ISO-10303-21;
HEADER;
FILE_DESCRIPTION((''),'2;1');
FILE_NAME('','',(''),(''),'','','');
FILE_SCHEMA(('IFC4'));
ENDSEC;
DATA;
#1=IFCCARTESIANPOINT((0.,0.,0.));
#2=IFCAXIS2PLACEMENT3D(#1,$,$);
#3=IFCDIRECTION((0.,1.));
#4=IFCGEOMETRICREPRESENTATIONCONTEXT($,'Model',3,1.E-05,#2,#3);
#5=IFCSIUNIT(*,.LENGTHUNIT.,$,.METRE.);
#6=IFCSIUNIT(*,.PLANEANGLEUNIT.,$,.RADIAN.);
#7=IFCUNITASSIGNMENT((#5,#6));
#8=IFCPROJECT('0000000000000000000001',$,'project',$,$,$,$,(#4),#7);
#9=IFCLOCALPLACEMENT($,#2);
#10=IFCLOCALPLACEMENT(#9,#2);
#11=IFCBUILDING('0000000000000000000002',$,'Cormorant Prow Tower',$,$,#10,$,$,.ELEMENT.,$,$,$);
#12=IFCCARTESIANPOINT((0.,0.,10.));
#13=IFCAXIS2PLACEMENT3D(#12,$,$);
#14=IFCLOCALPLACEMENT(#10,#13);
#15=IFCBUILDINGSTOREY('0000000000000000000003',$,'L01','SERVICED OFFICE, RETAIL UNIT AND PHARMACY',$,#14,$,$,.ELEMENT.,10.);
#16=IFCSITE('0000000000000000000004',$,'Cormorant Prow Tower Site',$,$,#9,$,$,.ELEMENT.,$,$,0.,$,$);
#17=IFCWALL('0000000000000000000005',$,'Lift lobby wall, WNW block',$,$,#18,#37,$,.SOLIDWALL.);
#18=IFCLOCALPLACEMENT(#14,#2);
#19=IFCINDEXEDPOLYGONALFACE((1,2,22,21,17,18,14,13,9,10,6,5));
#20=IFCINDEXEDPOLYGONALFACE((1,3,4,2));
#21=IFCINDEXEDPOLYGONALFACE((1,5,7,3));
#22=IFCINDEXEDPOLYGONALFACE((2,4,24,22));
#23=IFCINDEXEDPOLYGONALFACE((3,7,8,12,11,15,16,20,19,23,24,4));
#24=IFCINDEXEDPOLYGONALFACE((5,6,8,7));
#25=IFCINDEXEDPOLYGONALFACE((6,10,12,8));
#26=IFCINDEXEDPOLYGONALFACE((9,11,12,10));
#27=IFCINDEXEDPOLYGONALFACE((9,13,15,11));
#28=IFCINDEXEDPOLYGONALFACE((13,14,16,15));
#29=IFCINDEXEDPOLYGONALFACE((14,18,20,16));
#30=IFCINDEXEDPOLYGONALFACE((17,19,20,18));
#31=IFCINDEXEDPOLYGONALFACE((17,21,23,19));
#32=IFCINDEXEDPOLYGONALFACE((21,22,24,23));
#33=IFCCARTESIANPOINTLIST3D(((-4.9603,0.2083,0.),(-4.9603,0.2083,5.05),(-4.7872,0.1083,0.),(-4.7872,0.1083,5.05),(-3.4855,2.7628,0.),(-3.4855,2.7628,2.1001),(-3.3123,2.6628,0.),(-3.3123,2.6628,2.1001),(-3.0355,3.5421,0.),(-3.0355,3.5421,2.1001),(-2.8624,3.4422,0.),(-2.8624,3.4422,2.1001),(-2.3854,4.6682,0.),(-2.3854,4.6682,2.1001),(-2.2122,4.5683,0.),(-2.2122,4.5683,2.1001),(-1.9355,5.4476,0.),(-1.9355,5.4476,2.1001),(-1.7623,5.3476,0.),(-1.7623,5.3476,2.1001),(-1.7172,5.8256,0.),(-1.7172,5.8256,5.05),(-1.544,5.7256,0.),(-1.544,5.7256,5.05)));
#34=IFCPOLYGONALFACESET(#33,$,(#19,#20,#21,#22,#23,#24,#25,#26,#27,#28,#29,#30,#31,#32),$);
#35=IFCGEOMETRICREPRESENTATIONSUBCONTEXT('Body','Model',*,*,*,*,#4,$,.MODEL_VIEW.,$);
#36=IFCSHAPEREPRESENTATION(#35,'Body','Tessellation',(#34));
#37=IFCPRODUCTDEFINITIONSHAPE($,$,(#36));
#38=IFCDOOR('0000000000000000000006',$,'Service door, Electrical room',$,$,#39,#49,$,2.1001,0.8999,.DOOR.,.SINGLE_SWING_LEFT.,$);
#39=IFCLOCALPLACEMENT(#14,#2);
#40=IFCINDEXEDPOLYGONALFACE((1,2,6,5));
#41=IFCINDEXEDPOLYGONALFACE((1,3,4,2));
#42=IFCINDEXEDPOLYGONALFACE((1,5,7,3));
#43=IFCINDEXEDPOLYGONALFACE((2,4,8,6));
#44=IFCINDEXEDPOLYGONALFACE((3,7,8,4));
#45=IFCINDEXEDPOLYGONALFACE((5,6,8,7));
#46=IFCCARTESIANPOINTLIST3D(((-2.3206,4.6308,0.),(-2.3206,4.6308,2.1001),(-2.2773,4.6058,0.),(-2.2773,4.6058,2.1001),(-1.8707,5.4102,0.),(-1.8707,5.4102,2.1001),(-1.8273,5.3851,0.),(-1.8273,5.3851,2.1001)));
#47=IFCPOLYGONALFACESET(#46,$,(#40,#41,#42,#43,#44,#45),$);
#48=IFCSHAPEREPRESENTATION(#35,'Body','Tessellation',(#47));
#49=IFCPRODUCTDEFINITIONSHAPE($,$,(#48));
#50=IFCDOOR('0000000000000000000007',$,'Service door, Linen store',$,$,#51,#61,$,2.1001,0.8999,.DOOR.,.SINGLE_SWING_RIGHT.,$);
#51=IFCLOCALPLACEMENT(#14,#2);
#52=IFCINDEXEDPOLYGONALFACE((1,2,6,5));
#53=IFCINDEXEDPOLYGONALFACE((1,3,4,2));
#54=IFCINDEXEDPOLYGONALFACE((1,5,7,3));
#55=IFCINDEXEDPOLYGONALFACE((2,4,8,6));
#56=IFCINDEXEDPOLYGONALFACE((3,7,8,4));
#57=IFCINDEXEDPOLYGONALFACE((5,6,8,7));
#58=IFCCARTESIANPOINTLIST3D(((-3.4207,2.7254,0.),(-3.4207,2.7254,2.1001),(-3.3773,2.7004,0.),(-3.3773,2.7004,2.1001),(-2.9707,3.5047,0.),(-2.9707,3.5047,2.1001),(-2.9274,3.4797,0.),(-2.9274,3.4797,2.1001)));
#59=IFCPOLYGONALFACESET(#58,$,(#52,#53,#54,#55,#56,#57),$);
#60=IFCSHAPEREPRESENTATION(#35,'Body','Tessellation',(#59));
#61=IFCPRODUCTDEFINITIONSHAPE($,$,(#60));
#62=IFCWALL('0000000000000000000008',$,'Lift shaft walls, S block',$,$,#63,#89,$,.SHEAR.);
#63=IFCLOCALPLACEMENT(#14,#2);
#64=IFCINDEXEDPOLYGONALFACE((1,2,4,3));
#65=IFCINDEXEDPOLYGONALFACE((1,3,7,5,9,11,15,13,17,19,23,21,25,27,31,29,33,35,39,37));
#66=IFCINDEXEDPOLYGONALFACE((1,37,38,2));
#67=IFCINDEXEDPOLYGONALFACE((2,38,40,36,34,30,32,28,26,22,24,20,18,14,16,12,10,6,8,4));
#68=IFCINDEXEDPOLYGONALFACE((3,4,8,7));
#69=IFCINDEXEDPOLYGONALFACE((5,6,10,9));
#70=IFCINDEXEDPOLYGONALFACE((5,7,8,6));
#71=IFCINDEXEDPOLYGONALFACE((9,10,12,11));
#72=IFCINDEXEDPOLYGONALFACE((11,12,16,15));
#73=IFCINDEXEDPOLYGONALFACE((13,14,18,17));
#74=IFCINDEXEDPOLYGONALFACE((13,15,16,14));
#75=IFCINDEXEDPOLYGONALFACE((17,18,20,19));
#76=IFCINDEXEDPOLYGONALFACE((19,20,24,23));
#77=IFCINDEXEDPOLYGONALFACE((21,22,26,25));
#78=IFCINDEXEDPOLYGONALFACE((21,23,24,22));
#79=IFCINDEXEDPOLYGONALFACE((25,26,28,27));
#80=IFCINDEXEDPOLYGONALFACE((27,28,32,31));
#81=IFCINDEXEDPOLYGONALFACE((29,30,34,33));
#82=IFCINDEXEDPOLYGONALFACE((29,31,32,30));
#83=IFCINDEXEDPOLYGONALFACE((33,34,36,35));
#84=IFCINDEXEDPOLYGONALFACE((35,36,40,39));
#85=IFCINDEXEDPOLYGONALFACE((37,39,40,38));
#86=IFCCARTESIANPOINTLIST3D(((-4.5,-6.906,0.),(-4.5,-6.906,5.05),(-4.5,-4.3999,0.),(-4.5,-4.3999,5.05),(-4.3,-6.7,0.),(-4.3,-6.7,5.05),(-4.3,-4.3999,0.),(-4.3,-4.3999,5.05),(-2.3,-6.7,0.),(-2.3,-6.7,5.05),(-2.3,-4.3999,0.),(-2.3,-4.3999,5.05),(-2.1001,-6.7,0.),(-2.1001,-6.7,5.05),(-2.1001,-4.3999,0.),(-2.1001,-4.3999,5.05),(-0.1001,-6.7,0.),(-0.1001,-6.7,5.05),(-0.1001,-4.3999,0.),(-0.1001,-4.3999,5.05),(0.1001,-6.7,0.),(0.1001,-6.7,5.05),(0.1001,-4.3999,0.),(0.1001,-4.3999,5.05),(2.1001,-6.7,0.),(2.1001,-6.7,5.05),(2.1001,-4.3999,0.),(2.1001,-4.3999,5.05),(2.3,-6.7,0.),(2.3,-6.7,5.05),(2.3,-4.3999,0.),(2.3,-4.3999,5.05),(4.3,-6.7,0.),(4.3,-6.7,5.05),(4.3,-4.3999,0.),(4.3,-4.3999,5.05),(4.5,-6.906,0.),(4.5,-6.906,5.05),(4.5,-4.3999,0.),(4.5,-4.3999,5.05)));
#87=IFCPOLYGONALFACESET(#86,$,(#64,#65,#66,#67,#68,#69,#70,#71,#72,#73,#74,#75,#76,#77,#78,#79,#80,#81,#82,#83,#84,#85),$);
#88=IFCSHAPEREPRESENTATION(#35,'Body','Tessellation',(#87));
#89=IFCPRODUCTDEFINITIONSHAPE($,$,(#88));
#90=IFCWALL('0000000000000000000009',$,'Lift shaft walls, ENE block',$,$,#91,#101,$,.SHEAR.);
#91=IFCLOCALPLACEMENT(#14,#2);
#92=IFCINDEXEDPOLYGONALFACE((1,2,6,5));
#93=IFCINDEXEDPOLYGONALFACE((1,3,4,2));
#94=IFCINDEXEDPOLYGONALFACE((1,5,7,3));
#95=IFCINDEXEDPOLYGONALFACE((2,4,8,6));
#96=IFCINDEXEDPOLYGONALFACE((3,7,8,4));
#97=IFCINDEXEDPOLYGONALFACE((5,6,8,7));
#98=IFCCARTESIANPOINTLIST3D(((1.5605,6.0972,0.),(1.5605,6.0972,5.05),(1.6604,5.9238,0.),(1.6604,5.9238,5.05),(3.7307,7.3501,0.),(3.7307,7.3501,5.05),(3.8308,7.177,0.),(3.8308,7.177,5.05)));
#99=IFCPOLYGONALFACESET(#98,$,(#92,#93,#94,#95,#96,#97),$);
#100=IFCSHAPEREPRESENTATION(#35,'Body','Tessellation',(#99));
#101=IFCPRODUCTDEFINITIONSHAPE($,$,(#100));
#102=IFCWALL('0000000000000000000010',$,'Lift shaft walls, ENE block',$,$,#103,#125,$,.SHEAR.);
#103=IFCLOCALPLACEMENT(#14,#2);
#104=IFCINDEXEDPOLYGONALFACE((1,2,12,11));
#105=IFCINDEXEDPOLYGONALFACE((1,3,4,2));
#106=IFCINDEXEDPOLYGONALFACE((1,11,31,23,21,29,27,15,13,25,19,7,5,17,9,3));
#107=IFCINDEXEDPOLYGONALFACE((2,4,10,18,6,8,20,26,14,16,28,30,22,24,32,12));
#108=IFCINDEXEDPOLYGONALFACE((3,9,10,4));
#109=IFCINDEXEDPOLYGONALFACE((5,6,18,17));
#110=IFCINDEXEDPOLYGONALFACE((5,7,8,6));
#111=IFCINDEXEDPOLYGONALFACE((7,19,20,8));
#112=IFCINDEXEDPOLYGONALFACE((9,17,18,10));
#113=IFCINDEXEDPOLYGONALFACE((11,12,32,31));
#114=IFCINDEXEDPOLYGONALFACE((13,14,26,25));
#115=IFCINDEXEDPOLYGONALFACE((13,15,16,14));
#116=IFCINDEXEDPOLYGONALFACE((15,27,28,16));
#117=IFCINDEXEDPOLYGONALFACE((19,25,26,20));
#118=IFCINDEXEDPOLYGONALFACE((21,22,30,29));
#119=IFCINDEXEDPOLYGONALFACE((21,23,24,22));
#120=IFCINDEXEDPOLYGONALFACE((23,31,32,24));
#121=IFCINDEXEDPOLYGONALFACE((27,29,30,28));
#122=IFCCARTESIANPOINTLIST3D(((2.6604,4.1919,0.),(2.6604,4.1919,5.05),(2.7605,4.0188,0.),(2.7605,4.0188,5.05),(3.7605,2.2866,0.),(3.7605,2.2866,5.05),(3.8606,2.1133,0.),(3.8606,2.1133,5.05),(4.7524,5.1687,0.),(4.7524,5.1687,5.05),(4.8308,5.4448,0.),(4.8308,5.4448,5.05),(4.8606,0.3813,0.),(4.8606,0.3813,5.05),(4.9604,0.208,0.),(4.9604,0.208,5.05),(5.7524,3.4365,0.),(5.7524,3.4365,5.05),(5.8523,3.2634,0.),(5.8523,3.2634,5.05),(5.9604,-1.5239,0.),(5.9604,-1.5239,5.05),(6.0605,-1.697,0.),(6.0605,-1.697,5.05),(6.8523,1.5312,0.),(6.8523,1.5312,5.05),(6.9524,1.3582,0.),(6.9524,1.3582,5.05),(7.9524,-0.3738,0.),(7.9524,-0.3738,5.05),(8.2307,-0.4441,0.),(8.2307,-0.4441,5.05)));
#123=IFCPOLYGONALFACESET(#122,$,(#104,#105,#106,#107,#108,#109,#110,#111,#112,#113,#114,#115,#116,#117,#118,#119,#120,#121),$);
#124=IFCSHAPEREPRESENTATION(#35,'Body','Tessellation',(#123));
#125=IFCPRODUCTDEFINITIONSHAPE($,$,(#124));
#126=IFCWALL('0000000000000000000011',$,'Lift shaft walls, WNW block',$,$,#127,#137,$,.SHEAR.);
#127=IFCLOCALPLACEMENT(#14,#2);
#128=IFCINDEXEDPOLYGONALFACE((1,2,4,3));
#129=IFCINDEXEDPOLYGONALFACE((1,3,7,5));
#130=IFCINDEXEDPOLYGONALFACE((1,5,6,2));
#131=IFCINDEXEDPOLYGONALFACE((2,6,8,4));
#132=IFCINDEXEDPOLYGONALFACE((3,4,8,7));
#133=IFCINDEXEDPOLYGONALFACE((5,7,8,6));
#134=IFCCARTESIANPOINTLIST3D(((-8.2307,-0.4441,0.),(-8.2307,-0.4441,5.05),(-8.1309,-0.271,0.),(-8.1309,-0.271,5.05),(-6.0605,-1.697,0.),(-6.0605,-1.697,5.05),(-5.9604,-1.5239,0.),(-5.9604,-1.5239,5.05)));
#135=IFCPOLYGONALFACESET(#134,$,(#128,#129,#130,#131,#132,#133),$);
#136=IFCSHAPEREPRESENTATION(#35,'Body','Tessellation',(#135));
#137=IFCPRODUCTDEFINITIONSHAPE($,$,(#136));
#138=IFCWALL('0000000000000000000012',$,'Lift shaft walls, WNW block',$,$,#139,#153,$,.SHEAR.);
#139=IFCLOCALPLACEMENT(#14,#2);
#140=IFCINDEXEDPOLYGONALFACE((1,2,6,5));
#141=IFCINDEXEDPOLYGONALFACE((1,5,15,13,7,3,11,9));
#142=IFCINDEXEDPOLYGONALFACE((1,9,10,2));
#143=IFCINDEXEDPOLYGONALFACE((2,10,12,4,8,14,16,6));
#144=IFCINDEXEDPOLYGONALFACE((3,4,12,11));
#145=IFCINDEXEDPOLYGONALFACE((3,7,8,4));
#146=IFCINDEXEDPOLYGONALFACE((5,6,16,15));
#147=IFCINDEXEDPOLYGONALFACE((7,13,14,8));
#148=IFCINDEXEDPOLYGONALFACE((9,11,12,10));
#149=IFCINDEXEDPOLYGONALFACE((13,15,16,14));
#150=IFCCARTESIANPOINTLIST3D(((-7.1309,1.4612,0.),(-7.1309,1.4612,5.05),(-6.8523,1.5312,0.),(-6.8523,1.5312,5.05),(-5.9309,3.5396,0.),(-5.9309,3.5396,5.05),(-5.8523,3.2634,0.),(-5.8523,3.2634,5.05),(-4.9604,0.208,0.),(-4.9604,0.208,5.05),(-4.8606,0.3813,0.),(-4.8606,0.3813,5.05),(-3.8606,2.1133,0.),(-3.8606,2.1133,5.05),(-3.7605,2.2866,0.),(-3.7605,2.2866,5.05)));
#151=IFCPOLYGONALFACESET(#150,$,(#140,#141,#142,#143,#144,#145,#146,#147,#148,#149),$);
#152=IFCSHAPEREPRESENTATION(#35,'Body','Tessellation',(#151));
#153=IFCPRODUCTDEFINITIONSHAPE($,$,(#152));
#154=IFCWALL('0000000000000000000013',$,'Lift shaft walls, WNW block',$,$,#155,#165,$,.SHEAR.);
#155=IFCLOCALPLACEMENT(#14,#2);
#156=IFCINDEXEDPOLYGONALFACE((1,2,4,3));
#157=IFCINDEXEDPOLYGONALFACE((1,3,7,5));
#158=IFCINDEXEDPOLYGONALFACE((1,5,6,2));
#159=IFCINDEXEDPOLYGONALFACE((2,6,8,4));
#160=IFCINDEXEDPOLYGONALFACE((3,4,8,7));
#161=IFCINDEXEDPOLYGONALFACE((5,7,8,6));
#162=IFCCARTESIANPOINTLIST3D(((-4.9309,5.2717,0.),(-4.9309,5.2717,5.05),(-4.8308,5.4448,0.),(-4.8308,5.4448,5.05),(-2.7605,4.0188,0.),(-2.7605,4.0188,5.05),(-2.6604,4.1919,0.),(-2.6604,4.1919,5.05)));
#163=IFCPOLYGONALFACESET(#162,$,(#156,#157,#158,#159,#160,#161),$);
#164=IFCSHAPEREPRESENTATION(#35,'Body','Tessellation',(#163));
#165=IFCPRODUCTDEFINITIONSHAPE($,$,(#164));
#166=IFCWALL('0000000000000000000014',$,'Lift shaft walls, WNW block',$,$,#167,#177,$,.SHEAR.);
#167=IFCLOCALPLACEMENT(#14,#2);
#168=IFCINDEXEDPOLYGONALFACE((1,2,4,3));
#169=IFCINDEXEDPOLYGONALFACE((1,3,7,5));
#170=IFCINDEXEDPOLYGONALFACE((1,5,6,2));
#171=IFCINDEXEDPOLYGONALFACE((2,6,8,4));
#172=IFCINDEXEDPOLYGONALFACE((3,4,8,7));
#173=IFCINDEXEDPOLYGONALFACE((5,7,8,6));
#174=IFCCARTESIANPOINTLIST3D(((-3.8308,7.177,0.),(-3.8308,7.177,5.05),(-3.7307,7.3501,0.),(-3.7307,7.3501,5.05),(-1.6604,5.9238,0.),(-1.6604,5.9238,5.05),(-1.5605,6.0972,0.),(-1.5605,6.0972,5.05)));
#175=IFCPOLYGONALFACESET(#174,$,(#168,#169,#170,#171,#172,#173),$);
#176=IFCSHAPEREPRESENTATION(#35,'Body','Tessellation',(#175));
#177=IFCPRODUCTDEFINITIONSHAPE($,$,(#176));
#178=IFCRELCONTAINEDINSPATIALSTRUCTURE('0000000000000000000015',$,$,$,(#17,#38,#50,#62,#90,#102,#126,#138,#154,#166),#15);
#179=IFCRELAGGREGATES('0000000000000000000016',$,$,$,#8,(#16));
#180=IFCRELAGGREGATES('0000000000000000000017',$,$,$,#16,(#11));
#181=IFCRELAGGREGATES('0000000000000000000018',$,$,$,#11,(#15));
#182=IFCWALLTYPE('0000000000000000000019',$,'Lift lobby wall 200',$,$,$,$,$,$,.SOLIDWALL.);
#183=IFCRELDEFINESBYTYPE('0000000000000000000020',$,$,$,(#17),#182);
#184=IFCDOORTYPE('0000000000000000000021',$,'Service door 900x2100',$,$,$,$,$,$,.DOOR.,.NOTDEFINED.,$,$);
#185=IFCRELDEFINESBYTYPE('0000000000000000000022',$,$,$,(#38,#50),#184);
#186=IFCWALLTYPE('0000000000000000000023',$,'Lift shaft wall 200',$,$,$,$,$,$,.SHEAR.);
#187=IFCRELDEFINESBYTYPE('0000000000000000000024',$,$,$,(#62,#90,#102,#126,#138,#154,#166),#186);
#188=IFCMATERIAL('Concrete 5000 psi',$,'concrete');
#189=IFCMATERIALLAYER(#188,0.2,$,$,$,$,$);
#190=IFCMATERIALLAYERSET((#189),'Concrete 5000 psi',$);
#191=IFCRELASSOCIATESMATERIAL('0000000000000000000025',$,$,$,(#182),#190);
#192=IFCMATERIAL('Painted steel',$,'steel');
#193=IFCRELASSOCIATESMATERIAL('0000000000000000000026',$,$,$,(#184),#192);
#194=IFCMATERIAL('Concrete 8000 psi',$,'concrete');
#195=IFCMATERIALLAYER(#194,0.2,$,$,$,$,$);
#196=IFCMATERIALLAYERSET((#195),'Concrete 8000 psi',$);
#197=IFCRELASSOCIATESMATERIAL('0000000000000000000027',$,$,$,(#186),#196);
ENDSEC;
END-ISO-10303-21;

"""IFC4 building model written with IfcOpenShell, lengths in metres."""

from ifc_helpers import new_model, si_unit, direction, frame, frame_2d, origin, place, context, subcontext, project, spatial, polyline, rectangle, outline, extrude, material, layer, layer_set, type_object, element, fill, save


model = new_model("IFC4")

# Units and contexts
model_context = context("Model", 3, precision=1e-05, world=origin(), true_north=direction((0.0, 1.0)))
body_context = subcontext(model_context, "Body", "Model", "MODEL_VIEW")
ifc_project = project(units=[si_unit("LENGTHUNIT", "METRE"), si_unit("PLANEANGLEUNIT", "RADIAN")], contexts=[model_context])

# Site, building, storey
site_placement = place(None, origin())
site = spatial("IfcSite", under=ifc_project, at=site_placement, Name="Cormorant Prow Tower Site", CompositionType="ELEMENT", RefElevation=0.0)
building_placement = place(site_placement, origin())
building = spatial("IfcBuilding", under=site, at=building_placement, Name="Cormorant Prow Tower", CompositionType="ELEMENT")
storey_placement = place(building_placement, frame((0.0, 0.0, 10.0)))
storey = spatial("IfcBuildingStorey", under=building, at=storey_placement, Name="L01", Description="SERVICED OFFICE, RETAIL UNIT AND PHARMACY", CompositionType="ELEMENT", Elevation=10.0)

# Wall, openings, doors
ifc_material_1 = material(Name="Concrete 5000 psi", Category="concrete")
ifc_layer_1 = layer(ifc_material_1, 0.2)
ifc_layer_set_1 = layer_set([ifc_layer_1], Name="Concrete 5000 psi")
wall_type_1 = type_object("IfcWallType", Name="Lift lobby wall 200", PredefinedType="SOLIDWALL", material=ifc_layer_set_1)
wall_1_placement = place(storey_placement, frame((-1.6306, 5.7756, 0.0), z_axis=(0.0, 0.0, 1.0), x_axis=(-0.499993, -0.86603, 0.0)))
wall_1 = element("IfcWall", 1, at=wall_1_placement, inside=storey, type_object=wall_type_1, Name="Lift lobby wall, WNW block", PredefinedType="SOLIDWALL", context=body_context, shape_type="SweptSolid", body=[
    extrude(rectangle(XDim=6.4863, YDim=0.2, at=frame_2d((3.2432, 0.0))), origin(), (0.0, 0.0, 1.0), 5.05),
])
opening_1_placement = place(wall_1_placement, frame((0.4365, 0.0, 0.0)))
opening_1 = element("IfcOpeningElement", 2, at=opening_1_placement, cuts=wall_1, PredefinedType="OPENING", context=body_context, shape_type="SweptSolid", body=[
    extrude(rectangle(XDim=0.8999, YDim=2.1001, at=frame_2d((0.45, 1.05))), frame((0.0, 0.1099, 0.0), z_axis=(0.0, -1.0, 0.0), x_axis=(1.0, 0.0, 0.0)), (0.0, 0.0, 1.0), 0.22),
])
opening_2_placement = place(wall_1_placement, frame((2.6367, 0.0, 0.0)))
opening_2 = element("IfcOpeningElement", 3, at=opening_2_placement, cuts=wall_1, PredefinedType="OPENING", context=body_context, shape_type="SweptSolid", body=[
    extrude(rectangle(XDim=0.8999, YDim=2.1001, at=frame_2d((0.45, 1.05))), frame((0.0, 0.1099, 0.0), z_axis=(0.0, -1.0, 0.0), x_axis=(1.0, 0.0, 0.0)), (0.0, 0.0, 1.0), 0.22),
])
ifc_material_2 = material(Name="Painted steel", Category="steel")
door_type = type_object("IfcDoorType", Name="Service door 900x2100", OperationType="NOTDEFINED", PredefinedType="DOOR", material=ifc_material_2)
door_1_placement = place(opening_1_placement, origin())
door_1 = element("IfcDoor", 4, at=door_1_placement, inside=storey, type_object=door_type, Name="Service door, Electrical room", OperationType="SINGLE_SWING_LEFT", OverallHeight=2.1001, OverallWidth=0.8999, PredefinedType="DOOR", context=body_context, shape_type="SweptSolid", body=[
    extrude(rectangle(XDim=0.8999, YDim=2.1001, at=frame_2d((0.45, 1.05))), frame((0.0, 0.0249, 0.0), z_axis=(0.0, -1.0, 0.0), x_axis=(1.0, 0.0, 0.0)), (0.0, 0.0, 1.0), 0.05),
])
fill(opening_1, door_1)
door_2_placement = place(opening_2_placement, origin())
door_2 = element("IfcDoor", 5, at=door_2_placement, inside=storey, type_object=door_type, Name="Service door, Linen store", OperationType="SINGLE_SWING_RIGHT", OverallHeight=2.1001, OverallWidth=0.8999, PredefinedType="DOOR", context=body_context, shape_type="SweptSolid", body=[
    extrude(rectangle(XDim=0.8999, YDim=2.1001, at=frame_2d((0.45, 1.05))), frame((0.0, 0.0249, 0.0), z_axis=(0.0, -1.0, 0.0), x_axis=(1.0, 0.0, 0.0)), (0.0, 0.0, 1.0), 0.05),
])
fill(opening_2, door_2)

# Walls
ifc_material_3 = material(Name="Concrete 8000 psi", Category="concrete")
ifc_layer_2 = layer(ifc_material_3, 0.2)
ifc_layer_set_2 = layer_set([ifc_layer_2], Name="Concrete 8000 psi")
wall_type_2 = type_object("IfcWallType", Name="Lift shaft wall 200", PredefinedType="SHEAR", material=ifc_layer_set_2)
wall_2_placement = place(storey_placement, origin())
element("IfcWall", 6, at=wall_2_placement, inside=storey, type_object=wall_type_2, Name="Lift shaft walls, S block", PredefinedType="SHEAR", context=body_context, shape_type="SweptSolid", body=[
    extrude(outline(polyline([(4.5, -4.3999), (4.5, -6.906), (-4.5, -6.906), (-4.5, -4.3999), (-4.3, -4.3999), (-4.3, -6.7), (-2.3, -6.7), (-2.3, -4.3999), (-2.1001, -4.3999), (-2.1001, -6.7), (-0.1001, -6.7), (-0.1001, -4.3999), (0.1001, -4.3999), (0.1001, -6.7), (2.1001, -6.7), (2.1001, -4.3999), (2.3, -4.3999), (2.3, -6.7), (4.3, -6.7), (4.3, -4.3999), (4.5, -4.3999)])), origin(), (0.0, 0.0, 1.0), 5.05),
])
wall_3_placement = place(storey_placement, origin())
element("IfcWall", 7, at=wall_3_placement, inside=storey, type_object=wall_type_2, Name="Lift shaft walls, ENE block", PredefinedType="SHEAR", context=body_context, shape_type="SweptSolid", body=[
    extrude(outline(polyline([(1.5605, 6.0972), (3.7307, 7.3501), (3.8308, 7.177), (1.6604, 5.9238), (1.5605, 6.0972)])), origin(), (0.0, 0.0, 1.0), 5.05),
])
wall_4_placement = place(storey_placement, origin())
element("IfcWall", 8, at=wall_4_placement, inside=storey, type_object=wall_type_2, Name="Lift shaft walls, ENE block", PredefinedType="SHEAR", context=body_context, shape_type="SweptSolid", body=[
    extrude(outline(polyline([(2.6604, 4.1919), (4.8308, 5.4448), (8.2307, -0.4441), (6.0605, -1.697), (5.9604, -1.5239), (7.9524, -0.3738), (6.9524, 1.3582), (4.9604, 0.208), (4.8606, 0.3813), (6.8523, 1.5312), (5.8523, 3.2634), (3.8606, 2.1133), (3.7605, 2.2866), (5.7524, 3.4365), (4.7524, 5.1687), (2.7605, 4.0188), (2.6604, 4.1919)])), origin(), (0.0, 0.0, 1.0), 5.05),
])
wall_5_placement = place(storey_placement, origin())
element("IfcWall", 9, at=wall_5_placement, inside=storey, type_object=wall_type_2, Name="Lift shaft walls, WNW block", PredefinedType="SHEAR", context=body_context, shape_type="SweptSolid", body=[
    extrude(outline(polyline([(-6.0605, -1.697), (-8.2307, -0.4441), (-8.1309, -0.271), (-5.9604, -1.5239), (-6.0605, -1.697)])), origin(), (0.0, 0.0, 1.0), 5.05),
])
wall_6_placement = place(storey_placement, origin())
element("IfcWall", 10, at=wall_6_placement, inside=storey, type_object=wall_type_2, Name="Lift shaft walls, WNW block", PredefinedType="SHEAR", context=body_context, shape_type="SweptSolid", body=[
    extrude(outline(polyline([(-4.9604, 0.208), (-7.1309, 1.4612), (-5.9309, 3.5396), (-3.7605, 2.2866), (-3.8606, 2.1133), (-5.8523, 3.2634), (-6.8523, 1.5312), (-4.8606, 0.3813), (-4.9604, 0.208)])), origin(), (0.0, 0.0, 1.0), 5.05),
])
wall_7_placement = place(storey_placement, origin())
element("IfcWall", 11, at=wall_7_placement, inside=storey, type_object=wall_type_2, Name="Lift shaft walls, WNW block", PredefinedType="SHEAR", context=body_context, shape_type="SweptSolid", body=[
    extrude(outline(polyline([(-2.7605, 4.0188), (-4.9309, 5.2717), (-4.8308, 5.4448), (-2.6604, 4.1919), (-2.7605, 4.0188)])), origin(), (0.0, 0.0, 1.0), 5.05),
])
wall_8_placement = place(storey_placement, origin())
element("IfcWall", 12, at=wall_8_placement, inside=storey, type_object=wall_type_2, Name="Lift shaft walls, WNW block", PredefinedType="SHEAR", context=body_context, shape_type="SweptSolid", body=[
    extrude(outline(polyline([(-3.7307, 7.3501), (-1.5605, 6.0972), (-1.6604, 5.9238), (-3.8308, 7.177), (-3.7307, 7.3501)])), origin(), (0.0, 0.0, 1.0), 5.05),
])

save(model, "model.ifc")
